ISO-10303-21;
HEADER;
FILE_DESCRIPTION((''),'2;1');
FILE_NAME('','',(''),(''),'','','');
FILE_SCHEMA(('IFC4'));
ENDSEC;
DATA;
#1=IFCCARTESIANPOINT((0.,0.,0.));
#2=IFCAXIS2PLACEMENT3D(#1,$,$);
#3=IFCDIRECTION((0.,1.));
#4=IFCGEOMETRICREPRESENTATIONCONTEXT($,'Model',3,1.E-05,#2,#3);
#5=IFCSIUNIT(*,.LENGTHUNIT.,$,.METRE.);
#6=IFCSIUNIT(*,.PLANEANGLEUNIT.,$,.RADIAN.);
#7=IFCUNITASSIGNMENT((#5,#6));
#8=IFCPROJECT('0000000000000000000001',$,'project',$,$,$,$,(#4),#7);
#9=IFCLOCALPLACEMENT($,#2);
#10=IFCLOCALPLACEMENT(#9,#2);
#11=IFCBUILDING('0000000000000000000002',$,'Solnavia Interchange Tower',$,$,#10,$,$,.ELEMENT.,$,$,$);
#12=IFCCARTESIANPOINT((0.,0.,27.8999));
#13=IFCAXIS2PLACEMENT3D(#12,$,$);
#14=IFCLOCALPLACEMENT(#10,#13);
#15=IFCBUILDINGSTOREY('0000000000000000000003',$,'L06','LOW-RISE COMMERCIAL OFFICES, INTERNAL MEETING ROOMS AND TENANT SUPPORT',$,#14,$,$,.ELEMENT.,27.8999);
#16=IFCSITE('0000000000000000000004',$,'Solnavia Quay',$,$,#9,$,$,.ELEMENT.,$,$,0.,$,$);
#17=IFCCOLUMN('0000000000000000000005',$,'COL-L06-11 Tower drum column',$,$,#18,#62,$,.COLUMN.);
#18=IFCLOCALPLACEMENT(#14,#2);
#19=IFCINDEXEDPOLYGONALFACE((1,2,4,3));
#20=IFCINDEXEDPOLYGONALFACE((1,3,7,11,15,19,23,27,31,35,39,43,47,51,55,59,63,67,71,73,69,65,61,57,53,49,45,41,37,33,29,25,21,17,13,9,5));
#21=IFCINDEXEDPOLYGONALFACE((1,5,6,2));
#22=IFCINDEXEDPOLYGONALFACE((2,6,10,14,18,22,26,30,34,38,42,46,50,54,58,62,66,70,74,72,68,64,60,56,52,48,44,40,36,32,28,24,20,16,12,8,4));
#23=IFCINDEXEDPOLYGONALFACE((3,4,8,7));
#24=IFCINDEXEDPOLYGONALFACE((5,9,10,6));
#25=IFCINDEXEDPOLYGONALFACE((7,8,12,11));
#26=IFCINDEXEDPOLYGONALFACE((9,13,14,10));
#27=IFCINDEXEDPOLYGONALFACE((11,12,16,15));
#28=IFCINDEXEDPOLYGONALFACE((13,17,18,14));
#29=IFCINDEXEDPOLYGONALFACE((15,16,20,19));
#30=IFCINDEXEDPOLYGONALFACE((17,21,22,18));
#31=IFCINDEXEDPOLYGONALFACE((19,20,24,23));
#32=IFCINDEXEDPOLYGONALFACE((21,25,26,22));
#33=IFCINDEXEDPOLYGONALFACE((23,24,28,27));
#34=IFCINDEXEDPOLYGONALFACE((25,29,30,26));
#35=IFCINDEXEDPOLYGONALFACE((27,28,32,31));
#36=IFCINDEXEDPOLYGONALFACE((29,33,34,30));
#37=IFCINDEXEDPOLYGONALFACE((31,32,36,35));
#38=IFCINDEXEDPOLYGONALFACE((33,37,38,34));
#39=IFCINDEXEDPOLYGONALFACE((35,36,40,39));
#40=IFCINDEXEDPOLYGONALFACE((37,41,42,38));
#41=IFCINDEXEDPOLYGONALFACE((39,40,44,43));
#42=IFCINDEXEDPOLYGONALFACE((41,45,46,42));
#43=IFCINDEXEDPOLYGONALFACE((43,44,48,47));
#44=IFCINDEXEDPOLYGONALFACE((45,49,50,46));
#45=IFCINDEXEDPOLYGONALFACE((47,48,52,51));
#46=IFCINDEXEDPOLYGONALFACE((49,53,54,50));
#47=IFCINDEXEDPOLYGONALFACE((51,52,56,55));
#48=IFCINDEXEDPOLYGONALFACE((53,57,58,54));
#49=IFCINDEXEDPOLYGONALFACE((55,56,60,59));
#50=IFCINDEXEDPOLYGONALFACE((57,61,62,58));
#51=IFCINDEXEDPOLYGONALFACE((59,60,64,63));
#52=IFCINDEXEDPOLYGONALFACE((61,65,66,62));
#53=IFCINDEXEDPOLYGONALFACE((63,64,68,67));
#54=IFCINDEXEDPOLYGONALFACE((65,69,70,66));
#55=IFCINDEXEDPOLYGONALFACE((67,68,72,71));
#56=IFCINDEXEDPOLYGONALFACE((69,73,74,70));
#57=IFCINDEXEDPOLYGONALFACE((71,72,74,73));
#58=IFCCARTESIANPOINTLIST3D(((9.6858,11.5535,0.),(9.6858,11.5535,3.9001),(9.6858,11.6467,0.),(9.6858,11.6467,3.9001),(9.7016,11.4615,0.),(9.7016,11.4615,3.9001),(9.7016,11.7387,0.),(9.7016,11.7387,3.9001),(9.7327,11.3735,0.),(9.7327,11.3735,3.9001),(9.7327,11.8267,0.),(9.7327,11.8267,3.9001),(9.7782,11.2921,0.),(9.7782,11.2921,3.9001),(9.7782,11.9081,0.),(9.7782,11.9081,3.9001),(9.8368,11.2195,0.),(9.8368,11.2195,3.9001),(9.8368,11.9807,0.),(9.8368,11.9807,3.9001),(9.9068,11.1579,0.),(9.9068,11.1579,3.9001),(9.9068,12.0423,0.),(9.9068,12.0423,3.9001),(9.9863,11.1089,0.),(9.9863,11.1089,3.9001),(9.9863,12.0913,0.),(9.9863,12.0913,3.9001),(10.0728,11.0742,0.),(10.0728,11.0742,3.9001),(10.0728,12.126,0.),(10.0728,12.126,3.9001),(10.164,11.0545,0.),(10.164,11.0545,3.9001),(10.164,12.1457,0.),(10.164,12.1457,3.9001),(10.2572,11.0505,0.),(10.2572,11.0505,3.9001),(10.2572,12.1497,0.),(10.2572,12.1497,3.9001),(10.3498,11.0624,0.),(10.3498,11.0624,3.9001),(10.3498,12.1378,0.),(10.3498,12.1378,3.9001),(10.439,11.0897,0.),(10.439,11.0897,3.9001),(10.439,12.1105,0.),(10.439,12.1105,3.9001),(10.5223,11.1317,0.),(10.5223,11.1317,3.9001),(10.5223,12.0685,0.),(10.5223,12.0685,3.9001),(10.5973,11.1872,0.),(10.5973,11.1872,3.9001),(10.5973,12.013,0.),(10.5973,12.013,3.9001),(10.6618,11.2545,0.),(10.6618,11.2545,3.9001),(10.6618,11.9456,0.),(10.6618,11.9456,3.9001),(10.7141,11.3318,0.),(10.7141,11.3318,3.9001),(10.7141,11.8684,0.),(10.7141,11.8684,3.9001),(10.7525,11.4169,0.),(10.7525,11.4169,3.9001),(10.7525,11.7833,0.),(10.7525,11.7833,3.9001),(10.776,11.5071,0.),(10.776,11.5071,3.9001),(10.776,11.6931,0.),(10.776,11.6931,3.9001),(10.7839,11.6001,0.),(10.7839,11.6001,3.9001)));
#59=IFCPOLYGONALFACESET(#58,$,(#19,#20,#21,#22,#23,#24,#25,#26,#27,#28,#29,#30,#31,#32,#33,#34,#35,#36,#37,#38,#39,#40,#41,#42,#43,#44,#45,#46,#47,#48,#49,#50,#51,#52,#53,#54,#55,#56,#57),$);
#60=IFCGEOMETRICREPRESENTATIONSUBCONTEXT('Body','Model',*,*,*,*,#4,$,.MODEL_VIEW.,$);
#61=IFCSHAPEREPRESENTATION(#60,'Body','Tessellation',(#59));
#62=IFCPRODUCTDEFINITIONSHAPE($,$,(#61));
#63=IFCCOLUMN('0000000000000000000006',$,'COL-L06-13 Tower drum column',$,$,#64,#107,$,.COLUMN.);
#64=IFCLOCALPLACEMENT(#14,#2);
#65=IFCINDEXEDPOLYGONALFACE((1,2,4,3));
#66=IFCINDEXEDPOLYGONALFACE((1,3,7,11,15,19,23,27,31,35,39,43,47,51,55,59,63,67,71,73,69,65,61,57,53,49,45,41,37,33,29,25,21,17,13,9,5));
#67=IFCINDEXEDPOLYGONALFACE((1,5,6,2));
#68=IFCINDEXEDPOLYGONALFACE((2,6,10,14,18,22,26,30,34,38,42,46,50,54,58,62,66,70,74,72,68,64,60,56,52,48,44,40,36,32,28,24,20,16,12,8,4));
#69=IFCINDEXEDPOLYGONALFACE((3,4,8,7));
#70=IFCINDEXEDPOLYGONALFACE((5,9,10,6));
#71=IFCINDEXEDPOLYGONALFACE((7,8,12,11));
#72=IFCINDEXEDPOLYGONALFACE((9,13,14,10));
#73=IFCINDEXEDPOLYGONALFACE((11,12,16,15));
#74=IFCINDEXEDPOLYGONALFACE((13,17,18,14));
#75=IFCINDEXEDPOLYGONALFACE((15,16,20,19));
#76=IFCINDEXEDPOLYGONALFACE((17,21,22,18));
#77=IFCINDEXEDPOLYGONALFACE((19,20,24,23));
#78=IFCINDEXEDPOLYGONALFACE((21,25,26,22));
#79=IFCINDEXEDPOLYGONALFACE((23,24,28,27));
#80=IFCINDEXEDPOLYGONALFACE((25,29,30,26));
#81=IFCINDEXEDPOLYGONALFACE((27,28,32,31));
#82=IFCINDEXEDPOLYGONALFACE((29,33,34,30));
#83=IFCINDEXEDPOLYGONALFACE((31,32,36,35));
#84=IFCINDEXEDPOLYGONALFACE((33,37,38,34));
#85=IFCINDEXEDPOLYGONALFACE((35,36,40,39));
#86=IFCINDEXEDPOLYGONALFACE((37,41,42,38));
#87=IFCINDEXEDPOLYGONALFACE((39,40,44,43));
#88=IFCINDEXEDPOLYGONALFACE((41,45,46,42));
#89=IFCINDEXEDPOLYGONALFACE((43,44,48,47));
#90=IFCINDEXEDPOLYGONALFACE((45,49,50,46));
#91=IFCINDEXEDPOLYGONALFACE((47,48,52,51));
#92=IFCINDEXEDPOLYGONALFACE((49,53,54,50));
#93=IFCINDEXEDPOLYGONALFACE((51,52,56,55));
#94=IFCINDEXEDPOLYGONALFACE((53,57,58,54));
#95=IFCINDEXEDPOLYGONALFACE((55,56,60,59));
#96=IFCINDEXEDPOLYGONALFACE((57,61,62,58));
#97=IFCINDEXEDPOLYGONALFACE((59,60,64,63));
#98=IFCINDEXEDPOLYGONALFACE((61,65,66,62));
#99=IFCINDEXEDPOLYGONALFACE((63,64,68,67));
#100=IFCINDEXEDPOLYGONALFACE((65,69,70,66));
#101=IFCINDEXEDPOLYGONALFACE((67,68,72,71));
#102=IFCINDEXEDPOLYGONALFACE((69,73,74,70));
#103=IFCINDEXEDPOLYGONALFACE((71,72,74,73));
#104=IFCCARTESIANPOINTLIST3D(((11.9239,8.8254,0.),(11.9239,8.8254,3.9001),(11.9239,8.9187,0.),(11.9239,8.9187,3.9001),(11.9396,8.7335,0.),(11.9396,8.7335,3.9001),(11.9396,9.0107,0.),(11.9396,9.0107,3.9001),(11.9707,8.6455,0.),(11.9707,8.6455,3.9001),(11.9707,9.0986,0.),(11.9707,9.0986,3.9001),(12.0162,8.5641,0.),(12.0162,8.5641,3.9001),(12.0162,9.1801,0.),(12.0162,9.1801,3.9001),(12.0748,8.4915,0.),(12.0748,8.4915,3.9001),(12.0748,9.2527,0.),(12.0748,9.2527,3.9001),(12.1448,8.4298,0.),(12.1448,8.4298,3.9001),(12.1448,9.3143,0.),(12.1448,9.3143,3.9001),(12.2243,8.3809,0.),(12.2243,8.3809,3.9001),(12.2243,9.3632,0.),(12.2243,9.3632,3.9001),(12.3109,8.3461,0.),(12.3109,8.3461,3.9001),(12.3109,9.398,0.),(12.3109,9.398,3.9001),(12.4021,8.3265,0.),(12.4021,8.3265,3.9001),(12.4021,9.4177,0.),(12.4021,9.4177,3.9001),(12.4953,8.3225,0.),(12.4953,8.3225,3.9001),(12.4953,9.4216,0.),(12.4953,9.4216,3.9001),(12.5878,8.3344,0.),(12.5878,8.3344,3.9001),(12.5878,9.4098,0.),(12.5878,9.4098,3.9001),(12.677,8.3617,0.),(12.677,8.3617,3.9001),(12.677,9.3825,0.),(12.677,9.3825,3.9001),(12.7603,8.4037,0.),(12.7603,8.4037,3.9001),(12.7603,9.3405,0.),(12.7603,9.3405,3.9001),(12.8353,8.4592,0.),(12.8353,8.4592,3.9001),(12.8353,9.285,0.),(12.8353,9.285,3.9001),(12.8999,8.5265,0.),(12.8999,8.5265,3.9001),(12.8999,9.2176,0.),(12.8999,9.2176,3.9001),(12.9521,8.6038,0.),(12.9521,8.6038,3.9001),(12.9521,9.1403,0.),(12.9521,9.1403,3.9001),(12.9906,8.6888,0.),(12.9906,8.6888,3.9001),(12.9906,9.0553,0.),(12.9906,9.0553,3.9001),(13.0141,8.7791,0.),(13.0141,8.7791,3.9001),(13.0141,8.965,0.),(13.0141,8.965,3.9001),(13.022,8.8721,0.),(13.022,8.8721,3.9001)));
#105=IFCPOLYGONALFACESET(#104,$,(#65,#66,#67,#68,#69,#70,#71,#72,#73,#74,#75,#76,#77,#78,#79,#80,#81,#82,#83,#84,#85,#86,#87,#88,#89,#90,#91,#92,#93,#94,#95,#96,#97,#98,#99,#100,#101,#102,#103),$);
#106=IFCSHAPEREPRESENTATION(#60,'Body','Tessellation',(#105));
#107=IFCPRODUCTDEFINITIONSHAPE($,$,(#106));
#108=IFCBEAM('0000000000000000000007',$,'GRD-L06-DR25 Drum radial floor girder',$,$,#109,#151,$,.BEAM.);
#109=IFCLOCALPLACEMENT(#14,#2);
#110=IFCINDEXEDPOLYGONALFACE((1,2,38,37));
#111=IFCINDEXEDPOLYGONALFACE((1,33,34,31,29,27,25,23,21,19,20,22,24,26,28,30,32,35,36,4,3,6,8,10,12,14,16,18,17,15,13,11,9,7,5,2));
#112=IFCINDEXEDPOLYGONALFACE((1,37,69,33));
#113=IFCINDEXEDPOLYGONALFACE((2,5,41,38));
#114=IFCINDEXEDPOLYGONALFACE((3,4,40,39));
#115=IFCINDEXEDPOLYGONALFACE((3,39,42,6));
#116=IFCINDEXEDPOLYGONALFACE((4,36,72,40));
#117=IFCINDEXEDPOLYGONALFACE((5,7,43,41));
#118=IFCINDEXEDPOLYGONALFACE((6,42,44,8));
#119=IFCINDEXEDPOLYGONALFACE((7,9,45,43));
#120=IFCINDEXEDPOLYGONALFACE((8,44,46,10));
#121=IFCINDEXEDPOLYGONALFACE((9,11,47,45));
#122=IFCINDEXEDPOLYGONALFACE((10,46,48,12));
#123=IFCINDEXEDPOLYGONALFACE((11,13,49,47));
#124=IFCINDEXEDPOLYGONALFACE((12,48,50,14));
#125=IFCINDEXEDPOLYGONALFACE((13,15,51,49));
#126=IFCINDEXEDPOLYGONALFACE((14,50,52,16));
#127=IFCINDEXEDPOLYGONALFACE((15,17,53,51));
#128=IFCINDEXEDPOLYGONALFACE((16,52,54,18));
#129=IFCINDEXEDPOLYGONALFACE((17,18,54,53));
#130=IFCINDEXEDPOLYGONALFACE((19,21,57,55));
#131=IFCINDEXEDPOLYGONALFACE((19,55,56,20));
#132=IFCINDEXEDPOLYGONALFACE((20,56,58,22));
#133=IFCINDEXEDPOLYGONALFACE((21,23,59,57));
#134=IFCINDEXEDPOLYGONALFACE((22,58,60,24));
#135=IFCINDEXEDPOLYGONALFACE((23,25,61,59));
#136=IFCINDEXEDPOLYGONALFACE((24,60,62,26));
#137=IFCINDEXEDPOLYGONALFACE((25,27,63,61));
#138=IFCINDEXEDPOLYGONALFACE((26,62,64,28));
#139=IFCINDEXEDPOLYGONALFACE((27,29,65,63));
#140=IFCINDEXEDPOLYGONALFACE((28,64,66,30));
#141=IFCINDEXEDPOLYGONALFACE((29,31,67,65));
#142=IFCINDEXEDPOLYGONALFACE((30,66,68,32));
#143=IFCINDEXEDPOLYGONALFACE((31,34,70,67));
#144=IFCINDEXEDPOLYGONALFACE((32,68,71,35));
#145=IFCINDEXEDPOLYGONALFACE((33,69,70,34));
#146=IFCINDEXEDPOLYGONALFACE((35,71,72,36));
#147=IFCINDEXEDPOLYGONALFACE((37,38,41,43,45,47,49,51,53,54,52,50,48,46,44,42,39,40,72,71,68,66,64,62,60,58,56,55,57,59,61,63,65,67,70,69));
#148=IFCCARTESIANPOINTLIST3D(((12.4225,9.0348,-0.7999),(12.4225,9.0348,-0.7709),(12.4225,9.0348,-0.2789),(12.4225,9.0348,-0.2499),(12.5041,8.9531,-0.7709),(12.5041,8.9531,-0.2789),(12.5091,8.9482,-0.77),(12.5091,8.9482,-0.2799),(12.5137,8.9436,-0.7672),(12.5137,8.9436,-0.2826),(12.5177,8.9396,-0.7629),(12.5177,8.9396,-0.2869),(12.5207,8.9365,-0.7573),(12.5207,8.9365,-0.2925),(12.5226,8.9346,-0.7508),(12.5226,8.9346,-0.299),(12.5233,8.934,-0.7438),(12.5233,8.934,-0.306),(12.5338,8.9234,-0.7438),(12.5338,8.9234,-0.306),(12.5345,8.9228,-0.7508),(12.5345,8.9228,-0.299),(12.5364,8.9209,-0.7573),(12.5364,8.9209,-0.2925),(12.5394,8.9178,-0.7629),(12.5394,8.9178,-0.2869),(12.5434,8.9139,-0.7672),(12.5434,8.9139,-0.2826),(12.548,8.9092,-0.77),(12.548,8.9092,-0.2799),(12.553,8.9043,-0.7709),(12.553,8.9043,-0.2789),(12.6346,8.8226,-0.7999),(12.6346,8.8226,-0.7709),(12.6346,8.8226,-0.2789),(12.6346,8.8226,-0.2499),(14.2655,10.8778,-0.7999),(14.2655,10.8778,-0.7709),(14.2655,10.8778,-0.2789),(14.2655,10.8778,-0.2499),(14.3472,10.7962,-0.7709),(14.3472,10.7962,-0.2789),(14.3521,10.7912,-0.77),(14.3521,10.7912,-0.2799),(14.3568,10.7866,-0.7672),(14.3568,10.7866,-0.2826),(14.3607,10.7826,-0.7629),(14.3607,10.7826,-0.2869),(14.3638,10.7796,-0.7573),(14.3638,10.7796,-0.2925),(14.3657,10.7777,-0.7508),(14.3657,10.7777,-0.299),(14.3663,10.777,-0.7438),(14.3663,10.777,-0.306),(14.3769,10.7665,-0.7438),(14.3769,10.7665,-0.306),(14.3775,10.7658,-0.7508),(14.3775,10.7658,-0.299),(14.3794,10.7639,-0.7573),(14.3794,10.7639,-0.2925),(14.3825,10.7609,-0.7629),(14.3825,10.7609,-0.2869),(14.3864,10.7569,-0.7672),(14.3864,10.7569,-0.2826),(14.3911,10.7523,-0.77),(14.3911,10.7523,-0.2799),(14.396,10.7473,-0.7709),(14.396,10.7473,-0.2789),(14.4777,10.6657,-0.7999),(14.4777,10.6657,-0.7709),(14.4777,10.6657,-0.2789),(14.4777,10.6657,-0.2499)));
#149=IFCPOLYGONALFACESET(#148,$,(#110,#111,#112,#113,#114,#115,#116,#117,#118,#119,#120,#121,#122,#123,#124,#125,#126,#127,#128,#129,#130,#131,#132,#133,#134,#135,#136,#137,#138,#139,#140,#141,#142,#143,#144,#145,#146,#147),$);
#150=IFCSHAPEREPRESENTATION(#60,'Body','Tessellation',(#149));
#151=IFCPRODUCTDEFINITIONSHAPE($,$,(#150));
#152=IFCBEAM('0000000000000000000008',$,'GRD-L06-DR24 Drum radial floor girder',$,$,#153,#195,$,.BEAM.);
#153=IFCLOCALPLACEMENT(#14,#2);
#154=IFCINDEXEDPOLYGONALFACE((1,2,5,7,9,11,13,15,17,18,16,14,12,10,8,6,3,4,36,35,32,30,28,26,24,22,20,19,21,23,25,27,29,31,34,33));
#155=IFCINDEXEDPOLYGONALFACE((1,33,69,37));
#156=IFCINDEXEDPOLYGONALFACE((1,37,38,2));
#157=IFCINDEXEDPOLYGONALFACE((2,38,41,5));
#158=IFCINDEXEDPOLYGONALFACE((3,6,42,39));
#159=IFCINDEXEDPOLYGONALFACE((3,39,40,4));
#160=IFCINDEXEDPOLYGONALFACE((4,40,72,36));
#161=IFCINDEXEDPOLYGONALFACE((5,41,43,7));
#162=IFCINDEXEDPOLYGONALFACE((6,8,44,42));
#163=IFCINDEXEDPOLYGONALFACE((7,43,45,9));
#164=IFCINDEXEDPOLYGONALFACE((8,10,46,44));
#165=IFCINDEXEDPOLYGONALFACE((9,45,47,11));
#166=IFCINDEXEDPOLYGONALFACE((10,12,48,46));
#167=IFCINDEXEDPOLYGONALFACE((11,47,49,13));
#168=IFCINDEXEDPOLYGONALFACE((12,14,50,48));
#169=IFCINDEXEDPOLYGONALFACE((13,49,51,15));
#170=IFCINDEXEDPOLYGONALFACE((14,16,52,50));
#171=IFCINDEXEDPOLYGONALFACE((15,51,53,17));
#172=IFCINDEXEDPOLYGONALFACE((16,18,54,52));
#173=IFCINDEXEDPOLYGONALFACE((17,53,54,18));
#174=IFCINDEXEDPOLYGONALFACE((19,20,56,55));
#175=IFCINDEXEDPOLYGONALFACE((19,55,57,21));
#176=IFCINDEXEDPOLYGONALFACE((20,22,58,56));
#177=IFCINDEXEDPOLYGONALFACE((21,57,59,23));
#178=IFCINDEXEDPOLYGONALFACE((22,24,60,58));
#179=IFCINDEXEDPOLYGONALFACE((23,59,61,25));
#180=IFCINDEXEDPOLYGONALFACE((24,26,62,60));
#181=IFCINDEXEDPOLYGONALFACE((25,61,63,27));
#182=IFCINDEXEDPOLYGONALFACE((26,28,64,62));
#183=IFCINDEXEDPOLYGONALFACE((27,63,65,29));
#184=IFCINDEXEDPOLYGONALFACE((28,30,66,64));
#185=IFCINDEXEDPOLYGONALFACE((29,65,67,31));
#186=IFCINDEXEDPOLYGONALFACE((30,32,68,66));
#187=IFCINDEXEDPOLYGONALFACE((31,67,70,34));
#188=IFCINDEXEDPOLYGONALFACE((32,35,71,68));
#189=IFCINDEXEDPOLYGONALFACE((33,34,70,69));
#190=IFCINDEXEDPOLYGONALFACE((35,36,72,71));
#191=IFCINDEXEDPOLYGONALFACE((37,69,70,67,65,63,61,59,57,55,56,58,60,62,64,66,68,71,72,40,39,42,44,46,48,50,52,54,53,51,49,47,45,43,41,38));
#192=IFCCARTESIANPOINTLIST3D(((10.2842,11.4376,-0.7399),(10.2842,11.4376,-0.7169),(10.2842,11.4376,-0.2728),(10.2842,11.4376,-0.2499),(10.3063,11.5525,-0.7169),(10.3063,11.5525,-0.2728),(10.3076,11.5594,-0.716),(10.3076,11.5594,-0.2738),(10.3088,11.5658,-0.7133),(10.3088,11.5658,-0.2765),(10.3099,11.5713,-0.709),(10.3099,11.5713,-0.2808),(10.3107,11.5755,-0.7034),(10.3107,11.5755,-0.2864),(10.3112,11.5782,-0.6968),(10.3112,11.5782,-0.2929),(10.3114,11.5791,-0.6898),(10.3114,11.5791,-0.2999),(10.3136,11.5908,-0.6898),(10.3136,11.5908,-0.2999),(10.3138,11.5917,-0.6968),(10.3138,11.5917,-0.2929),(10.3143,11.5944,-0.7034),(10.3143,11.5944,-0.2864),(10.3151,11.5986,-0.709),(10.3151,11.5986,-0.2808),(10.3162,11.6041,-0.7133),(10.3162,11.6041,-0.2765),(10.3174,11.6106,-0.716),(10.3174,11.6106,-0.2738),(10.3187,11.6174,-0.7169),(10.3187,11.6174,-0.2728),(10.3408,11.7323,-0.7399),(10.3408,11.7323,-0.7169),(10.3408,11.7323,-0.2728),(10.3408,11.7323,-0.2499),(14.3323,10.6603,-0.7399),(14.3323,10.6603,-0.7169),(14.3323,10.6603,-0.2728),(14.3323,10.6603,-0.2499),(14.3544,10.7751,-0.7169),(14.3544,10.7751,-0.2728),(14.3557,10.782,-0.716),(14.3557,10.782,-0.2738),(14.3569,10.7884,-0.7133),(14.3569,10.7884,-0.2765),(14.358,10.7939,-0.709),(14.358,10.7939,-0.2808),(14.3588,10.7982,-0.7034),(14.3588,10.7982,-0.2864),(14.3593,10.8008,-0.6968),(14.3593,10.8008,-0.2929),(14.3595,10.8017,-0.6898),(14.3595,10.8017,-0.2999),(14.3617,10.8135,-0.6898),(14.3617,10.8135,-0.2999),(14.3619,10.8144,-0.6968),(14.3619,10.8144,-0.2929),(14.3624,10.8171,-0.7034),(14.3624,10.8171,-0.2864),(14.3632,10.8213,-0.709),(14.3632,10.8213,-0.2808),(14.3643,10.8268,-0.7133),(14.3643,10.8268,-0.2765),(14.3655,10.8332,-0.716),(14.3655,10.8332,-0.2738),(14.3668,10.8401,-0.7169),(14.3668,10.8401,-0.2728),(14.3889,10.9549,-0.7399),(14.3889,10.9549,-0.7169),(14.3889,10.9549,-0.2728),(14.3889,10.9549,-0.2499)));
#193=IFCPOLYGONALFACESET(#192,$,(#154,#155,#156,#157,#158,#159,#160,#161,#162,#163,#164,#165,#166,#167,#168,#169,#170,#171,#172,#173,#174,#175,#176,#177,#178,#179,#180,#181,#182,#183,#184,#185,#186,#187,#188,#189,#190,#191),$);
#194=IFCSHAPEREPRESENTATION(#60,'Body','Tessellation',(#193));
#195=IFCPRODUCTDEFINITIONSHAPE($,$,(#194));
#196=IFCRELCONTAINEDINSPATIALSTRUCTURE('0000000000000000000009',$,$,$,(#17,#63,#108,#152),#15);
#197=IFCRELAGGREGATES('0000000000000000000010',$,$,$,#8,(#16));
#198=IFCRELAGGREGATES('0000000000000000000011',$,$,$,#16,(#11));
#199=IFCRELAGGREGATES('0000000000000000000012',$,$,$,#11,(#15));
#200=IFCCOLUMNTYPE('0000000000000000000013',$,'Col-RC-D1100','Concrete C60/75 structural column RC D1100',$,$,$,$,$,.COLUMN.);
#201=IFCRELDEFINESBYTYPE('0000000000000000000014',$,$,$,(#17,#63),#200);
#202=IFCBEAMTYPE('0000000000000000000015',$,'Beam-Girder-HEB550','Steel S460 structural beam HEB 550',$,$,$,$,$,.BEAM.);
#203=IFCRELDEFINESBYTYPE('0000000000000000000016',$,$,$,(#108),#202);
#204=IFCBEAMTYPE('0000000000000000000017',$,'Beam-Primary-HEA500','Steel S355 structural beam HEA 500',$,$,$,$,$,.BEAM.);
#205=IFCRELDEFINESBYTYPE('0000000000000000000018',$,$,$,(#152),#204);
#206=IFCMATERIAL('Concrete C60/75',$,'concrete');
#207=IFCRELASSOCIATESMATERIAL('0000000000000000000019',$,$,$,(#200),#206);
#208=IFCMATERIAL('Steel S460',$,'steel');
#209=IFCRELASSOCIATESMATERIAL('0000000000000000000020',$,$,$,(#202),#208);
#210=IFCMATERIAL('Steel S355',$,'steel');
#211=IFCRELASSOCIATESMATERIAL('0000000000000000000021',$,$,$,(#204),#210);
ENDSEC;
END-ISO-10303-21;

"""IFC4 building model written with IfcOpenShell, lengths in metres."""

from ifc_helpers import new_model, si_unit, direction, frame, origin, origin_2d, place, context, subcontext, project, spatial, circle, i_section, extrude, material, material_profile, profile_set, type_object, element, save


model = new_model("IFC4")

# Units and contexts
model_context = context("Model", 3, precision=1e-05, world=origin(), true_north=direction((0.0, 1.0)))
body_context = subcontext(model_context, "Body", "Model", "MODEL_VIEW")
ifc_project = project(units=[si_unit("LENGTHUNIT", "METRE"), si_unit("PLANEANGLEUNIT", "RADIAN")], contexts=[model_context])

# Site, building, storey
site_placement = place(None, origin())
site = spatial("IfcSite", under=ifc_project, at=site_placement, Name="Solnavia Quay", CompositionType="ELEMENT", RefElevation=0.0)
building_placement = place(site_placement, origin())
building = spatial("IfcBuilding", under=site, at=building_placement, Name="Solnavia Interchange Tower", CompositionType="ELEMENT")
storey_placement = place(building_placement, frame((0.0, 0.0, 27.8999)))
storey = spatial("IfcBuildingStorey", under=building, at=storey_placement, Name="L06", Description="LOW-RISE COMMERCIAL OFFICES, INTERNAL MEETING ROOMS AND TENANT SUPPORT", CompositionType="ELEMENT", Elevation=27.8999)

# Columns
ifc_material_1 = material(Name="Concrete C60/75", Category="concrete")
ifc_material_profile_1 = material_profile(ifc_material_1, circle(Radius=0.55, at=origin_2d()), Name="RC D1100")
ifc_profile_set_1 = profile_set([ifc_material_profile_1], Name="Concrete C60/75")
column_type = type_object("IfcColumnType", Name="Col-RC-D1100", Description="Concrete C60/75 structural column RC D1100", PredefinedType="COLUMN", material=ifc_profile_set_1)
for number, where, z_axis, x_axis, name in (
    (1, (10.2339, 11.6001, 0.0), (0.0, 0.0, 1.0), (1.0, 0.0, 0.0), "COL-L06-11 Tower drum column"),
    (2, (12.4719, 8.8721, 0.0), (0.0, 0.0, 1.0), (1.0, 0.0, 0.0), "COL-L06-13 Tower drum column"),
):
    element("IfcColumn", number, at=place(storey_placement, frame(where, z_axis=z_axis, x_axis=x_axis)), inside=storey, type_object=column_type, Name=name, PredefinedType="COLUMN", context=body_context, shape_type="SweptSolid", body=[
        extrude(circle(Radius=0.55, at=origin_2d()), origin(), (0.0, 0.0, 1.0), 3.9001),
    ])

# Beams
ifc_material_2 = material(Name="Steel S460", Category="steel")
ifc_material_profile_2 = material_profile(ifc_material_2, i_section(OverallWidth=0.3, OverallDepth=0.55, WebThickness=0.0149, FlangeThickness=0.0291, FilletRadius=0.0271, at=origin_2d()), Name="HEB 550")
ifc_profile_set_2 = profile_set([ifc_material_profile_2], Name="Steel S460")
beam_type_1 = type_object("IfcBeamType", Name="Beam-Girder-HEB550", Description="Steel S460 structural beam HEB 550", PredefinedType="BEAM", material=ifc_profile_set_2)
beam_1_placement = place(storey_placement, frame((12.5286, 8.9287, -0.5249), z_axis=(0.707107, 0.707107, 0.0), x_axis=(-0.707107, 0.707107, 0.0)))
element("IfcBeam", 3, at=beam_1_placement, inside=storey, type_object=beam_type_1, Name="GRD-L06-DR25 Drum radial floor girder", PredefinedType="BEAM", context=body_context, shape_type="SweptSolid", body=[
    extrude(i_section(OverallWidth=0.3, OverallDepth=0.55, WebThickness=0.0149, FlangeThickness=0.0291, FilletRadius=0.0271, at=origin_2d()), origin(), (0.0, 0.0, 1.0), 2.6064),
])
ifc_material_3 = material(Name="Steel S355", Category="steel")
ifc_material_profile_3 = material_profile(ifc_material_3, i_section(OverallWidth=0.3, OverallDepth=0.49, WebThickness=0.012, FlangeThickness=0.0229, FilletRadius=0.0271, at=origin_2d()), Name="HEA 500")
ifc_profile_set_3 = profile_set([ifc_material_profile_3], Name="Steel S355")
beam_type_2 = type_object("IfcBeamType", Name="Beam-Primary-HEA500", Description="Steel S355 structural beam HEA 500", PredefinedType="BEAM", material=ifc_profile_set_3)
beam_2_placement = place(storey_placement, frame((10.3125, 11.585, -0.4949), z_axis=(0.982058, -0.188582, 0.0), x_axis=(0.188582, 0.982058, 0.0)))
element("IfcBeam", 4, at=beam_2_placement, inside=storey, type_object=beam_type_2, Name="GRD-L06-DR24 Drum radial floor girder", PredefinedType="BEAM", context=body_context, shape_type="SweptSolid", body=[
    extrude(i_section(OverallWidth=0.3, OverallDepth=0.49, WebThickness=0.012, FlangeThickness=0.0229, FilletRadius=0.0271, at=origin_2d()), origin(), (0.0, 0.0, 1.0), 4.1221),
])

save(model, "model.ifc")
